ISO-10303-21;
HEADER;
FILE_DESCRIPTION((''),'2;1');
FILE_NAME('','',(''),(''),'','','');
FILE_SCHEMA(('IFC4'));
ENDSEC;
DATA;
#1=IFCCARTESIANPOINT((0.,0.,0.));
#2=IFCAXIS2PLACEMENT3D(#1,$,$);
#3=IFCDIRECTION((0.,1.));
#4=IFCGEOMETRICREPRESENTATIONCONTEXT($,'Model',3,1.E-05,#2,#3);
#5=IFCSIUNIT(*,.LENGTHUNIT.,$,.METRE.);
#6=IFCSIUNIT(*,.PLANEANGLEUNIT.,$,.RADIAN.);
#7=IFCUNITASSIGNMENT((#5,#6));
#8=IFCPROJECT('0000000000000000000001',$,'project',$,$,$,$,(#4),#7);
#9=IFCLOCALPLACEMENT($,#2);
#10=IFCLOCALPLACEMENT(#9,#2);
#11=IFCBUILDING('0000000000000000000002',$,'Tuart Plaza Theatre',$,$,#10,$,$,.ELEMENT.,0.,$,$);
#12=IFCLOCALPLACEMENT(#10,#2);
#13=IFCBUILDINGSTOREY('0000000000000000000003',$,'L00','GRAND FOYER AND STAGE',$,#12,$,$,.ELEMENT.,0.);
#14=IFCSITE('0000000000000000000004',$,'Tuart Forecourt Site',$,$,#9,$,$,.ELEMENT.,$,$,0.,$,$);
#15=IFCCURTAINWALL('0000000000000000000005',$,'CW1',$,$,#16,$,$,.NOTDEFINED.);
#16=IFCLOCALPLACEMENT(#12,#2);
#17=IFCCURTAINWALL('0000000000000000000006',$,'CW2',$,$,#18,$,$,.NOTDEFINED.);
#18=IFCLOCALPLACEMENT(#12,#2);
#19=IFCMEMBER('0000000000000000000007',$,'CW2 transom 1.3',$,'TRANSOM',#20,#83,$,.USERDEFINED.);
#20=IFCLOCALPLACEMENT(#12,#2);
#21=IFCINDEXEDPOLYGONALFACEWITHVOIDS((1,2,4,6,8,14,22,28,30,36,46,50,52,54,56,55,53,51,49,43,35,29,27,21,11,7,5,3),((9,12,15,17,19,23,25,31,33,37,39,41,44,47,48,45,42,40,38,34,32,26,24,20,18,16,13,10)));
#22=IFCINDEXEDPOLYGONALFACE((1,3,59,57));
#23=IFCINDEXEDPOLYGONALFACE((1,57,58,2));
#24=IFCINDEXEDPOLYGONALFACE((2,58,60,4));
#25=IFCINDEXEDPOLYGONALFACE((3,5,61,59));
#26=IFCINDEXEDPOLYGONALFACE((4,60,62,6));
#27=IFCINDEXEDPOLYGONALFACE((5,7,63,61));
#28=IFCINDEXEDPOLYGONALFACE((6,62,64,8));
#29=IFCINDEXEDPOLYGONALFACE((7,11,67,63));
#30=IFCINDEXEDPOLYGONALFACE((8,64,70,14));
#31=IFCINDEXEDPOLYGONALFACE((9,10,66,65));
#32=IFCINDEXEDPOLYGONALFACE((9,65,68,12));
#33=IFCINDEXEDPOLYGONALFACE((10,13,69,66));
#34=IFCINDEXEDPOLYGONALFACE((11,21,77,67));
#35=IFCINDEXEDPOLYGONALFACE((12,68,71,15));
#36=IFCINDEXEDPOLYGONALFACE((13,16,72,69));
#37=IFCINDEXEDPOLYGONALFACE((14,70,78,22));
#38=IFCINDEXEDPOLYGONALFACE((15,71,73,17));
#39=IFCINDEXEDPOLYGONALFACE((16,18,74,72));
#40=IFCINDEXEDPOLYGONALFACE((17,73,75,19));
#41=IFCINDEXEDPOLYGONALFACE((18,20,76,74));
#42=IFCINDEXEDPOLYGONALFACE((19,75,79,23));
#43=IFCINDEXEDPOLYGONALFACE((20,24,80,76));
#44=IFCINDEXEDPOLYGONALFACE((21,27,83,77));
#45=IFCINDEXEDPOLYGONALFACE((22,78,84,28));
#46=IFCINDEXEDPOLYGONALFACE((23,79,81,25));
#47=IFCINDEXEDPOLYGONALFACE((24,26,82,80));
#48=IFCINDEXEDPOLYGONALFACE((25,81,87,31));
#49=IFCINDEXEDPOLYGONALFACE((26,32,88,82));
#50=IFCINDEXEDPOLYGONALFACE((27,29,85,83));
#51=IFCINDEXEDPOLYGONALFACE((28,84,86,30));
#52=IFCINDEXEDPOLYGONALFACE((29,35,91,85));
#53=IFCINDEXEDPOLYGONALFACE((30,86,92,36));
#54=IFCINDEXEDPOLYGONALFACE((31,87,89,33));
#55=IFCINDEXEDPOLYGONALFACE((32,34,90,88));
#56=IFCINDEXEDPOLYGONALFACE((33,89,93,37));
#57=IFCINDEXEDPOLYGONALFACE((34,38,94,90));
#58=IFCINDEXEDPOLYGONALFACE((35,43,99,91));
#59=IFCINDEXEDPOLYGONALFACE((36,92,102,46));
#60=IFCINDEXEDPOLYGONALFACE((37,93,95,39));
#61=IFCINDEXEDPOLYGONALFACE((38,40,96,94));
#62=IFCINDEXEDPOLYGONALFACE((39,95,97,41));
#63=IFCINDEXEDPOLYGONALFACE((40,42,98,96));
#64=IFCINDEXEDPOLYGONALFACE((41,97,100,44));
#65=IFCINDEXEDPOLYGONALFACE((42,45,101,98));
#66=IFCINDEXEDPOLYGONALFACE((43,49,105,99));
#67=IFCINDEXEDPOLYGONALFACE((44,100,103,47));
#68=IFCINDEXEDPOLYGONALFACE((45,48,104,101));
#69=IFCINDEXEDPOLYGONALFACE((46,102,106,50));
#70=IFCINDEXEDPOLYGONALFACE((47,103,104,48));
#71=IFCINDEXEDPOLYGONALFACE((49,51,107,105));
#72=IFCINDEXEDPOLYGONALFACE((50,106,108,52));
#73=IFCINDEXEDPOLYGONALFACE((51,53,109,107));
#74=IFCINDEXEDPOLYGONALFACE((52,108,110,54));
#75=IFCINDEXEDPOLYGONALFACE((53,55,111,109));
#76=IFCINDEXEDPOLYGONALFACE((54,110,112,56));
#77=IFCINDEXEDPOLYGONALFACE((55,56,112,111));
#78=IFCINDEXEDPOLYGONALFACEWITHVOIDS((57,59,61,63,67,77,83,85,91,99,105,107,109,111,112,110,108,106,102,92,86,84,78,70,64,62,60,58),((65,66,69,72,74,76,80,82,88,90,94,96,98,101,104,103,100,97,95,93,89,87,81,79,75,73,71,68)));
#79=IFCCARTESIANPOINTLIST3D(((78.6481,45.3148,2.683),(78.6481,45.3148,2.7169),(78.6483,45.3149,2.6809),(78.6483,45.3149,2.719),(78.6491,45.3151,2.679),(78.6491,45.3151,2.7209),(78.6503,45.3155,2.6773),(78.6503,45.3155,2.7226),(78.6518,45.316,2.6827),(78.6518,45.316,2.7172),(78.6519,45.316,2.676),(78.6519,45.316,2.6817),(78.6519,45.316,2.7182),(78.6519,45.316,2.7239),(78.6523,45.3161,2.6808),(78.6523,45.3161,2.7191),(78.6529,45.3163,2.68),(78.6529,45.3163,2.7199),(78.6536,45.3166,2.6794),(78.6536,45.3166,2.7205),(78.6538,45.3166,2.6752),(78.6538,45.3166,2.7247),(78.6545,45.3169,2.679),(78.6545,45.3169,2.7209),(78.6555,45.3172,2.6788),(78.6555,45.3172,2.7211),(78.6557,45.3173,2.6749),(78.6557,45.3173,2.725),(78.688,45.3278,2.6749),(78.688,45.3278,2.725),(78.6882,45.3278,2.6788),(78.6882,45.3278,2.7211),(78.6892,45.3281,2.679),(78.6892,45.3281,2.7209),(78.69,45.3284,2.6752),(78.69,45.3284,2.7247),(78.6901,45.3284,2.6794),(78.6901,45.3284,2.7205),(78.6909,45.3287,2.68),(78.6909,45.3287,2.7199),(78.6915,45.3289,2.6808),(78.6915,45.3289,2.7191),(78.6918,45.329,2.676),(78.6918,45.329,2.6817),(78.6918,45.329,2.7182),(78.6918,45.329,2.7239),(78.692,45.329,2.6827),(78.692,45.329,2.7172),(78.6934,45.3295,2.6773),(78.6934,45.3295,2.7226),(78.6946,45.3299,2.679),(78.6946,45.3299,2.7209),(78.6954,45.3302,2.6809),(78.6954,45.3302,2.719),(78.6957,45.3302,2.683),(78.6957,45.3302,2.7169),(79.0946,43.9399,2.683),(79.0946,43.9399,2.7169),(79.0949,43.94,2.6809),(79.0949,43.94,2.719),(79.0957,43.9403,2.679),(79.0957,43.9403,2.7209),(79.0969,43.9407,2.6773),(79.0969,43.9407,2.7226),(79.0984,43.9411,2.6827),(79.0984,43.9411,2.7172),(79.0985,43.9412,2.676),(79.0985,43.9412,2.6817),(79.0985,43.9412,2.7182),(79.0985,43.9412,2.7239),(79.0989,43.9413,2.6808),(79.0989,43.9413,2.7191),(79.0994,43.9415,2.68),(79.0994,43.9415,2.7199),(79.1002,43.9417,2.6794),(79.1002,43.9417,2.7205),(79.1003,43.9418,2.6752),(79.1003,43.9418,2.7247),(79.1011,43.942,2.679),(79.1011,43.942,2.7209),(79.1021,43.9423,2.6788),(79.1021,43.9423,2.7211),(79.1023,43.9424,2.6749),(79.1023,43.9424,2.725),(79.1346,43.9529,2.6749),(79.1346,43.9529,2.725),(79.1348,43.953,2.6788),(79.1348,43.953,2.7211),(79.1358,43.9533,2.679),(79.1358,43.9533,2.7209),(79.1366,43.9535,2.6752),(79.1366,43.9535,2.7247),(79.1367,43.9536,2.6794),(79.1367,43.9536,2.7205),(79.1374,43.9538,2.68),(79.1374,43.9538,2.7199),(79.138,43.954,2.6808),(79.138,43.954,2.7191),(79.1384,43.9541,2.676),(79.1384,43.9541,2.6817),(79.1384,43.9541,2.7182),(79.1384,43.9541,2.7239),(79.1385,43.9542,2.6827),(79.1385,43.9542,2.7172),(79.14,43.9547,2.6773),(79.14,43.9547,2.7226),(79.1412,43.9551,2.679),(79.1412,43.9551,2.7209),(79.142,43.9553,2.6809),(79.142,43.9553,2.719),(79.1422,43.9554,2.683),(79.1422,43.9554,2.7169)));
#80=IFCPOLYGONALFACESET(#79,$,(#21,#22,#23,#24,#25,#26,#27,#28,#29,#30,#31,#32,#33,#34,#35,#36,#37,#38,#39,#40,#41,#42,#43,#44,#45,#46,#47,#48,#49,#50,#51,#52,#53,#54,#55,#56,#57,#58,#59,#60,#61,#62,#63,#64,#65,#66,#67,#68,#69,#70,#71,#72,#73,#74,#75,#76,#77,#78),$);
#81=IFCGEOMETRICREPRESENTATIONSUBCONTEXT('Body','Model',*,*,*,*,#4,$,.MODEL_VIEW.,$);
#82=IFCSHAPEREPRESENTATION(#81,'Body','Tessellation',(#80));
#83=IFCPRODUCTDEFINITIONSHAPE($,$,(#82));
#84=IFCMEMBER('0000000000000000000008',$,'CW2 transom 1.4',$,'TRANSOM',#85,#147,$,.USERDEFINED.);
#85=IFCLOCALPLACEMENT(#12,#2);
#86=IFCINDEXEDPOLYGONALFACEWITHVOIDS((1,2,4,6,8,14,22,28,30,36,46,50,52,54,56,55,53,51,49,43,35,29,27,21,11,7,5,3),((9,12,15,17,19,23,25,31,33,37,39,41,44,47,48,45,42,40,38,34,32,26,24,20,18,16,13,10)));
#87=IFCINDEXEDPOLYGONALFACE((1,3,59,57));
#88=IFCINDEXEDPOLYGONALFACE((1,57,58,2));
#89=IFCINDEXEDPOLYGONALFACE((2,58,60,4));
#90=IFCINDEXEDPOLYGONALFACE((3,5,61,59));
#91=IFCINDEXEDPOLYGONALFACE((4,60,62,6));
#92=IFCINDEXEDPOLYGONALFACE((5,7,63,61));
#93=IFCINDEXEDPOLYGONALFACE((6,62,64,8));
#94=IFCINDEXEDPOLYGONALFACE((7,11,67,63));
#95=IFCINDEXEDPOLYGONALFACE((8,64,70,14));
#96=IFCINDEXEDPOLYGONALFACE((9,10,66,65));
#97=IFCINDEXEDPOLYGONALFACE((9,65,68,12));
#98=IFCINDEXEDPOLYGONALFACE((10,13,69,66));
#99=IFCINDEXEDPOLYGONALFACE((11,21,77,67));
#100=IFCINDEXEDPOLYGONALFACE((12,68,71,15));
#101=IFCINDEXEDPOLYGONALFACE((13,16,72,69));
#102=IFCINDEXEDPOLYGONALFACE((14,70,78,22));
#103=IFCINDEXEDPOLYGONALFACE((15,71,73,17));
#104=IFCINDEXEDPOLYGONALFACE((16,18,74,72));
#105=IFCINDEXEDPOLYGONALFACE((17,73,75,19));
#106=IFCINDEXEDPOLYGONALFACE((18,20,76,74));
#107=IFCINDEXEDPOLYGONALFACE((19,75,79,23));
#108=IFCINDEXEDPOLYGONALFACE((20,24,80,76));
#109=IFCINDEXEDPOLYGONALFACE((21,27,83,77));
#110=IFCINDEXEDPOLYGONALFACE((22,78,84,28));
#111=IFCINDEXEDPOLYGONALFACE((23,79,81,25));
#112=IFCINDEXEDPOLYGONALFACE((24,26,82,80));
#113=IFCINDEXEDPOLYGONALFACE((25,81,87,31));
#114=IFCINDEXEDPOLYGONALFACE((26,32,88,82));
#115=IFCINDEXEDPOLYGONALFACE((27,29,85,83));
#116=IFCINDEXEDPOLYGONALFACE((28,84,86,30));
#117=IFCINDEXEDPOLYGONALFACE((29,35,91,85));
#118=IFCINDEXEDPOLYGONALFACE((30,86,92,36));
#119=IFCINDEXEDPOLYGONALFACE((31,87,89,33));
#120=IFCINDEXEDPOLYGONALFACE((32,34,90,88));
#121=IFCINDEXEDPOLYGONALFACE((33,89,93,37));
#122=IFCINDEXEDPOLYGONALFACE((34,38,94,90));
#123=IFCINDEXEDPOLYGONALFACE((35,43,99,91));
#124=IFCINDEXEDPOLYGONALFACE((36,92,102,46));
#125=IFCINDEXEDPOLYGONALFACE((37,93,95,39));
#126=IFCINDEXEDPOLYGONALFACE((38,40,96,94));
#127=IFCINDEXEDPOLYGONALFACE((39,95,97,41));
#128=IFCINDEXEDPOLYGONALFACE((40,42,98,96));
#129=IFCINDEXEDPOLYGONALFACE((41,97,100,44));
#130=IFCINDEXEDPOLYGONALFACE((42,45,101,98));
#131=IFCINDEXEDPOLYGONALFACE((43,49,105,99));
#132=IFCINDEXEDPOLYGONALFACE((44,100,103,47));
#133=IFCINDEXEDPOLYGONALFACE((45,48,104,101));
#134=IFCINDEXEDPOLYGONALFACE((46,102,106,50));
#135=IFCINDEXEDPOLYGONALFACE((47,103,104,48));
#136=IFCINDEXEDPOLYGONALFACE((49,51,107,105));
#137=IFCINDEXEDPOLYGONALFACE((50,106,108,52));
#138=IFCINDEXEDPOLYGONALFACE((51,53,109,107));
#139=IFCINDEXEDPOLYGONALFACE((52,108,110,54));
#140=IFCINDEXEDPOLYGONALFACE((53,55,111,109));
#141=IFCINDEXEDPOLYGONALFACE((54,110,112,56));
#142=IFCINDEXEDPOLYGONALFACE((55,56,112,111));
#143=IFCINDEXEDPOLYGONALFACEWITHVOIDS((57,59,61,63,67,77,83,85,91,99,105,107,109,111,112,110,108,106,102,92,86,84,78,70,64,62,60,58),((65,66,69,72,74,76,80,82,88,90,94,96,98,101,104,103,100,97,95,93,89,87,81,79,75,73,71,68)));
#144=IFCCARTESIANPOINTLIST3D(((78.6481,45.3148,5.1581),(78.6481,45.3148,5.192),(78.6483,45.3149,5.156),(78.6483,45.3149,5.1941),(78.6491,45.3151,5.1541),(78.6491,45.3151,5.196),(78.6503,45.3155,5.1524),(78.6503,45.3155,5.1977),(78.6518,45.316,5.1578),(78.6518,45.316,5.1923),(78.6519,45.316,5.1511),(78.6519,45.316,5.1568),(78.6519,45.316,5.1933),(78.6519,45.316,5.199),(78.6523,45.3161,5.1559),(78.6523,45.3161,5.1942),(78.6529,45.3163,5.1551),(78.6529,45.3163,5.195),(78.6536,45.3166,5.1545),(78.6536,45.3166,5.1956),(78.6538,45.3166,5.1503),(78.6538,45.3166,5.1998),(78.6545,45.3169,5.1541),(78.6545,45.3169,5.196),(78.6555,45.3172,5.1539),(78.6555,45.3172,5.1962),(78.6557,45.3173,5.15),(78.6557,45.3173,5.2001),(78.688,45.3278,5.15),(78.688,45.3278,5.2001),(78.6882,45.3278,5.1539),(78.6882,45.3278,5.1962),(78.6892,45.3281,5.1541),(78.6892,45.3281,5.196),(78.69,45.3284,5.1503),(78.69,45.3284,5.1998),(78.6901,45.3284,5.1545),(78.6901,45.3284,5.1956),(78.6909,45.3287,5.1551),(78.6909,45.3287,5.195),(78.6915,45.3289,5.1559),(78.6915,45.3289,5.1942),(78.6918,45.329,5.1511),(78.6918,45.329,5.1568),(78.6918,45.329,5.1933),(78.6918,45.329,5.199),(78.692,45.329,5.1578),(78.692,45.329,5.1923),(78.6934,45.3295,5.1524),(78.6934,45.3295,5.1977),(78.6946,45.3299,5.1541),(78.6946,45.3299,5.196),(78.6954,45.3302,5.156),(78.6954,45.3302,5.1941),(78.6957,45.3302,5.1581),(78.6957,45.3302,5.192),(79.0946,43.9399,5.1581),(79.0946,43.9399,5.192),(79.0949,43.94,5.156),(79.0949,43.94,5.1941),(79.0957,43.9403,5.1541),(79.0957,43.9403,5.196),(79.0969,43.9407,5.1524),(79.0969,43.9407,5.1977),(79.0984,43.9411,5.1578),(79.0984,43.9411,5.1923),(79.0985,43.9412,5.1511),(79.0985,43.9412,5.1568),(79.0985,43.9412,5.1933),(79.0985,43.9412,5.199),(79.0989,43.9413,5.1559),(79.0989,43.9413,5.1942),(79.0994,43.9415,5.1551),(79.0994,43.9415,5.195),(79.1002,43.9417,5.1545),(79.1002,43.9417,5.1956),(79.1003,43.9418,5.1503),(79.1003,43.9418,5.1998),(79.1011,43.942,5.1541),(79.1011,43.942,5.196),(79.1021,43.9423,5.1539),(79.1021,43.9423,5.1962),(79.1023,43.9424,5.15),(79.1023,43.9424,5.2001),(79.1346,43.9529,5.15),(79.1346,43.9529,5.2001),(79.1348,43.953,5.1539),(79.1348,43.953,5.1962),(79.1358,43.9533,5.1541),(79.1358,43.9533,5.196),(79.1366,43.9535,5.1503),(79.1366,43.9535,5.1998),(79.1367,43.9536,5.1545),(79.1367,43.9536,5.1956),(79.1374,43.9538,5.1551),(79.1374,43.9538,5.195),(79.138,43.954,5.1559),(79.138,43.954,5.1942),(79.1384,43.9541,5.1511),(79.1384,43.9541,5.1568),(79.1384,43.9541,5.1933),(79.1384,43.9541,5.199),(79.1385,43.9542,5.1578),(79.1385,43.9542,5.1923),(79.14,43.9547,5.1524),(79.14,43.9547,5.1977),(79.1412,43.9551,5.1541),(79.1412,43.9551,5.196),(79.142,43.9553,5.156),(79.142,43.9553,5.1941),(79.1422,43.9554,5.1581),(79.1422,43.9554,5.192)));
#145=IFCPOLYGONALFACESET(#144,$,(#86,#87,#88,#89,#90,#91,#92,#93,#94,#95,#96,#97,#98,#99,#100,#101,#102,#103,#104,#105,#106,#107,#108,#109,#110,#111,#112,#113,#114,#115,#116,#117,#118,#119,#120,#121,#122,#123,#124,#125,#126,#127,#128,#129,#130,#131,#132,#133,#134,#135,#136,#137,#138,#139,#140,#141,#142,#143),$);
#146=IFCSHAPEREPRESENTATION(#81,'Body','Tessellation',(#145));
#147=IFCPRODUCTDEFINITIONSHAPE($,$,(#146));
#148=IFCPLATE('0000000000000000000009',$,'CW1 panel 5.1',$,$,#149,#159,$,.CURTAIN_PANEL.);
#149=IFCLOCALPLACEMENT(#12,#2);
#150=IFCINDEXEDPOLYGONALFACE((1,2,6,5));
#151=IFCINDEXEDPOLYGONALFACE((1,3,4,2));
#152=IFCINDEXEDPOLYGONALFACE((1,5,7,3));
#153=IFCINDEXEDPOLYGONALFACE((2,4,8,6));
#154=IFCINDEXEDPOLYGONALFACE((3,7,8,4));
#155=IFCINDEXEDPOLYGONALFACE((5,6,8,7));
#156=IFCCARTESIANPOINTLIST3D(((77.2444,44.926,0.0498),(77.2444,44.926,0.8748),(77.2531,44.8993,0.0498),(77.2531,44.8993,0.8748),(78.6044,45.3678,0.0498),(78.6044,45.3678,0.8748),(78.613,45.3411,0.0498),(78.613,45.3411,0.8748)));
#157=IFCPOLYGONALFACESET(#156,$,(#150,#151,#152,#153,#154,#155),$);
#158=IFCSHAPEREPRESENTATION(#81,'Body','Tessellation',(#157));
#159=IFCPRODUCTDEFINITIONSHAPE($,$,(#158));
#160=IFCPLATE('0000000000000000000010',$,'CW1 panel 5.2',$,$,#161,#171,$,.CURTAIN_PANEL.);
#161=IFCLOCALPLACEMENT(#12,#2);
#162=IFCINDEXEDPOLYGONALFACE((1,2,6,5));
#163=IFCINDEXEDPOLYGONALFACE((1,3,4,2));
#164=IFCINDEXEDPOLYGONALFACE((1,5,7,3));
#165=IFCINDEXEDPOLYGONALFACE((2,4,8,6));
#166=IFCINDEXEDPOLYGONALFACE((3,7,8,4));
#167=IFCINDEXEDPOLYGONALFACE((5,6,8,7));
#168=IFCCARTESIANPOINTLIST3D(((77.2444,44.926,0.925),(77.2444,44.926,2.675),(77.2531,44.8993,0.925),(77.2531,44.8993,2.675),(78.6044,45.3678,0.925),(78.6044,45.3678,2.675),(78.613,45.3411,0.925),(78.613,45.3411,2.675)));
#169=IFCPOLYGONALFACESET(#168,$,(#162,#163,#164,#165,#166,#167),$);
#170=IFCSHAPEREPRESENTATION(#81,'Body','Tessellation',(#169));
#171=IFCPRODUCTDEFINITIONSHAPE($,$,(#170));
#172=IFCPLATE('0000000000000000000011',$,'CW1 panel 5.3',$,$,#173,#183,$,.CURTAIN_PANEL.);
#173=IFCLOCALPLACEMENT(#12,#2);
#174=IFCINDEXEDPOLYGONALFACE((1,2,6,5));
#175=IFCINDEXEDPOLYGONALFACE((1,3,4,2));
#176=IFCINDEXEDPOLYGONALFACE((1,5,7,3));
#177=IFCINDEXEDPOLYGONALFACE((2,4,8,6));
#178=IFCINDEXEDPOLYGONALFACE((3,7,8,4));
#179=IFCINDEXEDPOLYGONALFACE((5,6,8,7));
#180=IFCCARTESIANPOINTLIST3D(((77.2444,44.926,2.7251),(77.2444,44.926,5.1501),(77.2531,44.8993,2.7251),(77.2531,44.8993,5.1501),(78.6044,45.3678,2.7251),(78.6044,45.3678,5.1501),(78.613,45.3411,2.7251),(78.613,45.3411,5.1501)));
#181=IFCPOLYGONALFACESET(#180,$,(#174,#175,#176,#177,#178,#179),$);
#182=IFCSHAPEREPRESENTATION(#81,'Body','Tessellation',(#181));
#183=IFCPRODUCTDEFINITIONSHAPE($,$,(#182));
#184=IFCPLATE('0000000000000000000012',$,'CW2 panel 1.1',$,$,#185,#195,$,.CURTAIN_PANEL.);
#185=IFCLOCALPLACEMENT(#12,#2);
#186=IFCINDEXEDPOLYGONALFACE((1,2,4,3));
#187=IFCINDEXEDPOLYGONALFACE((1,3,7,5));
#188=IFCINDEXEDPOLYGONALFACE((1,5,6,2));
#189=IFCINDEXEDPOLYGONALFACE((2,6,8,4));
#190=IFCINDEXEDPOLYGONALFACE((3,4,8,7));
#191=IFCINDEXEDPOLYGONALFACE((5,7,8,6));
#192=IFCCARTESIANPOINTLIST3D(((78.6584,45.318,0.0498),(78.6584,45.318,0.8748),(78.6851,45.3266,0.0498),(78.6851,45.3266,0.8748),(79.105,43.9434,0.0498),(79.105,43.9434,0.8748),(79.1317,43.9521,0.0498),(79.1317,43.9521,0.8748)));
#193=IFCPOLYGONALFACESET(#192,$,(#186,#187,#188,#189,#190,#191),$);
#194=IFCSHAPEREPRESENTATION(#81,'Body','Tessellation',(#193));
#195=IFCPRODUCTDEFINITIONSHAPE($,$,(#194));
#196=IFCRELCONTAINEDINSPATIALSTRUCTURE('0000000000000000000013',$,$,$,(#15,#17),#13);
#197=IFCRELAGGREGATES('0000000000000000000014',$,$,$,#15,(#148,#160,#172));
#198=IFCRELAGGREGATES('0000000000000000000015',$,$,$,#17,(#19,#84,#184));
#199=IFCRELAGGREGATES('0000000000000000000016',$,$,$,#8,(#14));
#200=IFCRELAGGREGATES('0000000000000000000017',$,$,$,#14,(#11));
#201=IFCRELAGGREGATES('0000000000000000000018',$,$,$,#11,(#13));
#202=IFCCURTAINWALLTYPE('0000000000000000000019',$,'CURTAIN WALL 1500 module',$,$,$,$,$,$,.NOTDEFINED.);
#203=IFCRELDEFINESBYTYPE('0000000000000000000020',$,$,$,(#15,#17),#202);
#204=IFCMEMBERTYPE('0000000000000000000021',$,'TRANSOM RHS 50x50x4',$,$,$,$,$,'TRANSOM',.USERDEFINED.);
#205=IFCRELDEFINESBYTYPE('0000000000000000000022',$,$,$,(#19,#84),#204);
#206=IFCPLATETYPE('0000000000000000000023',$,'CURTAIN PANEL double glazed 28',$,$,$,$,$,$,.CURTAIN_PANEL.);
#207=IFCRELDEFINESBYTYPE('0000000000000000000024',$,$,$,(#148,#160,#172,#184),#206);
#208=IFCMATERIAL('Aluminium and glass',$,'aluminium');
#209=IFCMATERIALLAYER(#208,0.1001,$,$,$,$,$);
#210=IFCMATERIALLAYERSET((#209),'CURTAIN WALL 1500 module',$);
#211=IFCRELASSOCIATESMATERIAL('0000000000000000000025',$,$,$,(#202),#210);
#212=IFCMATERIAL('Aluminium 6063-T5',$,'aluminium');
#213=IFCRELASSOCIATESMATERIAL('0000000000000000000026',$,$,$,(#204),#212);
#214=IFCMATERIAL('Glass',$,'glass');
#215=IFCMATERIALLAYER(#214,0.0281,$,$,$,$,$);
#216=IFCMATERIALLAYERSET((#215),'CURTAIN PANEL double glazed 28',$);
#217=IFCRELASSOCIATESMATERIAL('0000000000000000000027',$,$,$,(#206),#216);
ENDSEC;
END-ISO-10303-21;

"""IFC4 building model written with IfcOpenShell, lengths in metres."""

from ifc_helpers import new_model, si_unit, direction, frame, origin, origin_2d, place, context, subcontext, project, spatial, rectangle, hollow_rectangle, extrude, material, layer, layer_set, material_profile, profile_set, type_object, element, aggregate, save


model = new_model("IFC4")

# Units and contexts
model_context = context("Model", 3, precision=1e-05, world=origin(), true_north=direction((0.0, 1.0)))
body_context = subcontext(model_context, "Body", "Model", "MODEL_VIEW")
ifc_project = project(units=[si_unit("LENGTHUNIT", "METRE"), si_unit("PLANEANGLEUNIT", "RADIAN")], contexts=[model_context])

# Site, building, storey
site_placement = place(None, origin())
site = spatial("IfcSite", under=ifc_project, at=site_placement, Name="Tuart Forecourt Site", CompositionType="ELEMENT", RefElevation=0.0)
building_placement = place(site_placement, origin())
building = spatial("IfcBuilding", under=site, at=building_placement, Name="Tuart Plaza Theatre", CompositionType="ELEMENT", ElevationOfRefHeight=0.0)
storey_placement = place(building_placement, origin())
storey = spatial("IfcBuildingStorey", under=building, at=storey_placement, Name="L00", Description="GRAND FOYER AND STAGE", CompositionType="ELEMENT", Elevation=0.0)

# Curtain walls
ifc_material_1 = material(Name="Aluminium and glass", Category="aluminium")
ifc_layer_1 = layer(ifc_material_1, 0.1001)
ifc_layer_set_1 = layer_set([ifc_layer_1], Name="CURTAIN WALL 1500 module")
curtain_wall_type = type_object("IfcCurtainWallType", Name="CURTAIN WALL 1500 module", PredefinedType="NOTDEFINED", material=ifc_layer_set_1)
curtain_wall_1_placement = place(storey_placement, origin())
curtain_wall_1 = element("IfcCurtainWall", 1, at=curtain_wall_1_placement, inside=storey, type_object=curtain_wall_type, Name="CW1", PredefinedType="NOTDEFINED")
curtain_wall_2_placement = place(storey_placement, origin())
curtain_wall_2 = element("IfcCurtainWall", 2, at=curtain_wall_2_placement, inside=storey, type_object=curtain_wall_type, Name="CW2", PredefinedType="NOTDEFINED")

# Members
ifc_material_2 = material(Name="Aluminium 6063-T5", Category="aluminium")
ifc_material_profile_1 = material_profile(ifc_material_2, hollow_rectangle(XDim=0.05, YDim=0.05, WallThickness=0.0039, InnerFilletRadius=0.0039, OuterFilletRadius=0.0081, at=origin_2d()), Name="RHS 50x50x4")
ifc_profile_set_1 = profile_set([ifc_material_profile_1], Name="Aluminium 6063-T5")
member_type_1 = type_object("IfcMemberType", Name="TRANSOM RHS 50x50x4", ElementType="TRANSOM", PredefinedType="USERDEFINED", material=ifc_profile_set_1)
member_1_placement = place(storey_placement, frame((78.6719, 45.3225, 2.7), z_axis=(0.308922, -0.951087, 0.0), x_axis=(0.951087, 0.308922, 0.0)))
member_1 = element("IfcMember", 3, at=member_1_placement, type_object=member_type_1, Name="CW2 transom 1.3", ObjectType="TRANSOM", PredefinedType="USERDEFINED", context=body_context, shape_type="SweptSolid", body=[
    extrude(hollow_rectangle(XDim=0.05, YDim=0.05, WallThickness=0.0039, InnerFilletRadius=0.0039, OuterFilletRadius=0.0081, at=origin_2d()), origin(), (0.0, 0.0, 1.0), 1.4456),
])
member_2_placement = place(storey_placement, frame((78.6719, 45.3225, 5.175), z_axis=(0.308922, -0.951087, 0.0), x_axis=(0.951087, 0.308922, 0.0)))
member_2 = element("IfcMember", 4, at=member_2_placement, type_object=member_type_1, Name="CW2 transom 1.4", ObjectType="TRANSOM", PredefinedType="USERDEFINED", context=body_context, shape_type="SweptSolid", body=[
    extrude(hollow_rectangle(XDim=0.05, YDim=0.05, WallThickness=0.0039, InnerFilletRadius=0.0039, OuterFilletRadius=0.0081, at=origin_2d()), origin(), (0.0, 0.0, 1.0), 1.4456),
])

# Plates
ifc_material_3 = material(Name="Glass", Category="glass")
ifc_layer_2 = layer(ifc_material_3, 0.0281)
ifc_layer_set_2 = layer_set([ifc_layer_2], Name="CURTAIN PANEL double glazed 28")
plate_type = type_object("IfcPlateType", Name="CURTAIN PANEL double glazed 28", PredefinedType="CURTAIN_PANEL", material=ifc_layer_set_2)
plate_1_placement = place(storey_placement, frame((77.9287, 45.1335, 0.0498), z_axis=(0.0, 0.0, 1.0), x_axis=(0.951067, 0.308986, 0.0)))
plate_1 = element("IfcPlate", 5, at=plate_1_placement, type_object=plate_type, Name="CW1 panel 5.1", PredefinedType="CURTAIN_PANEL", context=body_context, shape_type="SweptSolid", body=[
    extrude(rectangle(XDim=1.4299, YDim=0.0281, at=origin_2d()), origin(), (0.0, 0.0, 1.0), 0.825),
])
plate_2_placement = place(storey_placement, frame((77.9287, 45.1335, 0.925), z_axis=(0.0, 0.0, 1.0), x_axis=(0.951067, 0.308986, 0.0)))
plate_2 = element("IfcPlate", 6, at=plate_2_placement, type_object=plate_type, Name="CW1 panel 5.2", PredefinedType="CURTAIN_PANEL", context=body_context, shape_type="SweptSolid", body=[
    extrude(rectangle(XDim=1.4299, YDim=0.0281, at=origin_2d()), origin(), (0.0, 0.0, 1.0), 1.75),
])
plate_3_placement = place(storey_placement, frame((77.9287, 45.1335, 2.7251), z_axis=(0.0, 0.0, 1.0), x_axis=(0.951067, 0.308986, 0.0)))
plate_3 = element("IfcPlate", 7, at=plate_3_placement, type_object=plate_type, Name="CW1 panel 5.3", PredefinedType="CURTAIN_PANEL", context=body_context, shape_type="SweptSolid", body=[
    extrude(rectangle(XDim=1.4299, YDim=0.0281, at=origin_2d()), origin(), (0.0, 0.0, 1.0), 2.425),
])
aggregate(curtain_wall_1, [plate_1, plate_2, plate_3])
plate_4_placement = place(storey_placement, frame((78.895, 44.635, 0.0498), z_axis=(0.0, 0.0, 1.0), x_axis=(0.309018, -0.951056, 0.0)))
plate_4 = element("IfcPlate", 8, at=plate_4_placement, type_object=plate_type, Name="CW2 panel 1.1", PredefinedType="CURTAIN_PANEL", context=body_context, shape_type="SweptSolid", body=[
    extrude(rectangle(XDim=1.4453, YDim=0.0281, at=origin_2d()), origin(), (0.0, 0.0, 1.0), 0.825),
])
aggregate(curtain_wall_2, [member_1, member_2, plate_4])

save(model, "model.ifc")
